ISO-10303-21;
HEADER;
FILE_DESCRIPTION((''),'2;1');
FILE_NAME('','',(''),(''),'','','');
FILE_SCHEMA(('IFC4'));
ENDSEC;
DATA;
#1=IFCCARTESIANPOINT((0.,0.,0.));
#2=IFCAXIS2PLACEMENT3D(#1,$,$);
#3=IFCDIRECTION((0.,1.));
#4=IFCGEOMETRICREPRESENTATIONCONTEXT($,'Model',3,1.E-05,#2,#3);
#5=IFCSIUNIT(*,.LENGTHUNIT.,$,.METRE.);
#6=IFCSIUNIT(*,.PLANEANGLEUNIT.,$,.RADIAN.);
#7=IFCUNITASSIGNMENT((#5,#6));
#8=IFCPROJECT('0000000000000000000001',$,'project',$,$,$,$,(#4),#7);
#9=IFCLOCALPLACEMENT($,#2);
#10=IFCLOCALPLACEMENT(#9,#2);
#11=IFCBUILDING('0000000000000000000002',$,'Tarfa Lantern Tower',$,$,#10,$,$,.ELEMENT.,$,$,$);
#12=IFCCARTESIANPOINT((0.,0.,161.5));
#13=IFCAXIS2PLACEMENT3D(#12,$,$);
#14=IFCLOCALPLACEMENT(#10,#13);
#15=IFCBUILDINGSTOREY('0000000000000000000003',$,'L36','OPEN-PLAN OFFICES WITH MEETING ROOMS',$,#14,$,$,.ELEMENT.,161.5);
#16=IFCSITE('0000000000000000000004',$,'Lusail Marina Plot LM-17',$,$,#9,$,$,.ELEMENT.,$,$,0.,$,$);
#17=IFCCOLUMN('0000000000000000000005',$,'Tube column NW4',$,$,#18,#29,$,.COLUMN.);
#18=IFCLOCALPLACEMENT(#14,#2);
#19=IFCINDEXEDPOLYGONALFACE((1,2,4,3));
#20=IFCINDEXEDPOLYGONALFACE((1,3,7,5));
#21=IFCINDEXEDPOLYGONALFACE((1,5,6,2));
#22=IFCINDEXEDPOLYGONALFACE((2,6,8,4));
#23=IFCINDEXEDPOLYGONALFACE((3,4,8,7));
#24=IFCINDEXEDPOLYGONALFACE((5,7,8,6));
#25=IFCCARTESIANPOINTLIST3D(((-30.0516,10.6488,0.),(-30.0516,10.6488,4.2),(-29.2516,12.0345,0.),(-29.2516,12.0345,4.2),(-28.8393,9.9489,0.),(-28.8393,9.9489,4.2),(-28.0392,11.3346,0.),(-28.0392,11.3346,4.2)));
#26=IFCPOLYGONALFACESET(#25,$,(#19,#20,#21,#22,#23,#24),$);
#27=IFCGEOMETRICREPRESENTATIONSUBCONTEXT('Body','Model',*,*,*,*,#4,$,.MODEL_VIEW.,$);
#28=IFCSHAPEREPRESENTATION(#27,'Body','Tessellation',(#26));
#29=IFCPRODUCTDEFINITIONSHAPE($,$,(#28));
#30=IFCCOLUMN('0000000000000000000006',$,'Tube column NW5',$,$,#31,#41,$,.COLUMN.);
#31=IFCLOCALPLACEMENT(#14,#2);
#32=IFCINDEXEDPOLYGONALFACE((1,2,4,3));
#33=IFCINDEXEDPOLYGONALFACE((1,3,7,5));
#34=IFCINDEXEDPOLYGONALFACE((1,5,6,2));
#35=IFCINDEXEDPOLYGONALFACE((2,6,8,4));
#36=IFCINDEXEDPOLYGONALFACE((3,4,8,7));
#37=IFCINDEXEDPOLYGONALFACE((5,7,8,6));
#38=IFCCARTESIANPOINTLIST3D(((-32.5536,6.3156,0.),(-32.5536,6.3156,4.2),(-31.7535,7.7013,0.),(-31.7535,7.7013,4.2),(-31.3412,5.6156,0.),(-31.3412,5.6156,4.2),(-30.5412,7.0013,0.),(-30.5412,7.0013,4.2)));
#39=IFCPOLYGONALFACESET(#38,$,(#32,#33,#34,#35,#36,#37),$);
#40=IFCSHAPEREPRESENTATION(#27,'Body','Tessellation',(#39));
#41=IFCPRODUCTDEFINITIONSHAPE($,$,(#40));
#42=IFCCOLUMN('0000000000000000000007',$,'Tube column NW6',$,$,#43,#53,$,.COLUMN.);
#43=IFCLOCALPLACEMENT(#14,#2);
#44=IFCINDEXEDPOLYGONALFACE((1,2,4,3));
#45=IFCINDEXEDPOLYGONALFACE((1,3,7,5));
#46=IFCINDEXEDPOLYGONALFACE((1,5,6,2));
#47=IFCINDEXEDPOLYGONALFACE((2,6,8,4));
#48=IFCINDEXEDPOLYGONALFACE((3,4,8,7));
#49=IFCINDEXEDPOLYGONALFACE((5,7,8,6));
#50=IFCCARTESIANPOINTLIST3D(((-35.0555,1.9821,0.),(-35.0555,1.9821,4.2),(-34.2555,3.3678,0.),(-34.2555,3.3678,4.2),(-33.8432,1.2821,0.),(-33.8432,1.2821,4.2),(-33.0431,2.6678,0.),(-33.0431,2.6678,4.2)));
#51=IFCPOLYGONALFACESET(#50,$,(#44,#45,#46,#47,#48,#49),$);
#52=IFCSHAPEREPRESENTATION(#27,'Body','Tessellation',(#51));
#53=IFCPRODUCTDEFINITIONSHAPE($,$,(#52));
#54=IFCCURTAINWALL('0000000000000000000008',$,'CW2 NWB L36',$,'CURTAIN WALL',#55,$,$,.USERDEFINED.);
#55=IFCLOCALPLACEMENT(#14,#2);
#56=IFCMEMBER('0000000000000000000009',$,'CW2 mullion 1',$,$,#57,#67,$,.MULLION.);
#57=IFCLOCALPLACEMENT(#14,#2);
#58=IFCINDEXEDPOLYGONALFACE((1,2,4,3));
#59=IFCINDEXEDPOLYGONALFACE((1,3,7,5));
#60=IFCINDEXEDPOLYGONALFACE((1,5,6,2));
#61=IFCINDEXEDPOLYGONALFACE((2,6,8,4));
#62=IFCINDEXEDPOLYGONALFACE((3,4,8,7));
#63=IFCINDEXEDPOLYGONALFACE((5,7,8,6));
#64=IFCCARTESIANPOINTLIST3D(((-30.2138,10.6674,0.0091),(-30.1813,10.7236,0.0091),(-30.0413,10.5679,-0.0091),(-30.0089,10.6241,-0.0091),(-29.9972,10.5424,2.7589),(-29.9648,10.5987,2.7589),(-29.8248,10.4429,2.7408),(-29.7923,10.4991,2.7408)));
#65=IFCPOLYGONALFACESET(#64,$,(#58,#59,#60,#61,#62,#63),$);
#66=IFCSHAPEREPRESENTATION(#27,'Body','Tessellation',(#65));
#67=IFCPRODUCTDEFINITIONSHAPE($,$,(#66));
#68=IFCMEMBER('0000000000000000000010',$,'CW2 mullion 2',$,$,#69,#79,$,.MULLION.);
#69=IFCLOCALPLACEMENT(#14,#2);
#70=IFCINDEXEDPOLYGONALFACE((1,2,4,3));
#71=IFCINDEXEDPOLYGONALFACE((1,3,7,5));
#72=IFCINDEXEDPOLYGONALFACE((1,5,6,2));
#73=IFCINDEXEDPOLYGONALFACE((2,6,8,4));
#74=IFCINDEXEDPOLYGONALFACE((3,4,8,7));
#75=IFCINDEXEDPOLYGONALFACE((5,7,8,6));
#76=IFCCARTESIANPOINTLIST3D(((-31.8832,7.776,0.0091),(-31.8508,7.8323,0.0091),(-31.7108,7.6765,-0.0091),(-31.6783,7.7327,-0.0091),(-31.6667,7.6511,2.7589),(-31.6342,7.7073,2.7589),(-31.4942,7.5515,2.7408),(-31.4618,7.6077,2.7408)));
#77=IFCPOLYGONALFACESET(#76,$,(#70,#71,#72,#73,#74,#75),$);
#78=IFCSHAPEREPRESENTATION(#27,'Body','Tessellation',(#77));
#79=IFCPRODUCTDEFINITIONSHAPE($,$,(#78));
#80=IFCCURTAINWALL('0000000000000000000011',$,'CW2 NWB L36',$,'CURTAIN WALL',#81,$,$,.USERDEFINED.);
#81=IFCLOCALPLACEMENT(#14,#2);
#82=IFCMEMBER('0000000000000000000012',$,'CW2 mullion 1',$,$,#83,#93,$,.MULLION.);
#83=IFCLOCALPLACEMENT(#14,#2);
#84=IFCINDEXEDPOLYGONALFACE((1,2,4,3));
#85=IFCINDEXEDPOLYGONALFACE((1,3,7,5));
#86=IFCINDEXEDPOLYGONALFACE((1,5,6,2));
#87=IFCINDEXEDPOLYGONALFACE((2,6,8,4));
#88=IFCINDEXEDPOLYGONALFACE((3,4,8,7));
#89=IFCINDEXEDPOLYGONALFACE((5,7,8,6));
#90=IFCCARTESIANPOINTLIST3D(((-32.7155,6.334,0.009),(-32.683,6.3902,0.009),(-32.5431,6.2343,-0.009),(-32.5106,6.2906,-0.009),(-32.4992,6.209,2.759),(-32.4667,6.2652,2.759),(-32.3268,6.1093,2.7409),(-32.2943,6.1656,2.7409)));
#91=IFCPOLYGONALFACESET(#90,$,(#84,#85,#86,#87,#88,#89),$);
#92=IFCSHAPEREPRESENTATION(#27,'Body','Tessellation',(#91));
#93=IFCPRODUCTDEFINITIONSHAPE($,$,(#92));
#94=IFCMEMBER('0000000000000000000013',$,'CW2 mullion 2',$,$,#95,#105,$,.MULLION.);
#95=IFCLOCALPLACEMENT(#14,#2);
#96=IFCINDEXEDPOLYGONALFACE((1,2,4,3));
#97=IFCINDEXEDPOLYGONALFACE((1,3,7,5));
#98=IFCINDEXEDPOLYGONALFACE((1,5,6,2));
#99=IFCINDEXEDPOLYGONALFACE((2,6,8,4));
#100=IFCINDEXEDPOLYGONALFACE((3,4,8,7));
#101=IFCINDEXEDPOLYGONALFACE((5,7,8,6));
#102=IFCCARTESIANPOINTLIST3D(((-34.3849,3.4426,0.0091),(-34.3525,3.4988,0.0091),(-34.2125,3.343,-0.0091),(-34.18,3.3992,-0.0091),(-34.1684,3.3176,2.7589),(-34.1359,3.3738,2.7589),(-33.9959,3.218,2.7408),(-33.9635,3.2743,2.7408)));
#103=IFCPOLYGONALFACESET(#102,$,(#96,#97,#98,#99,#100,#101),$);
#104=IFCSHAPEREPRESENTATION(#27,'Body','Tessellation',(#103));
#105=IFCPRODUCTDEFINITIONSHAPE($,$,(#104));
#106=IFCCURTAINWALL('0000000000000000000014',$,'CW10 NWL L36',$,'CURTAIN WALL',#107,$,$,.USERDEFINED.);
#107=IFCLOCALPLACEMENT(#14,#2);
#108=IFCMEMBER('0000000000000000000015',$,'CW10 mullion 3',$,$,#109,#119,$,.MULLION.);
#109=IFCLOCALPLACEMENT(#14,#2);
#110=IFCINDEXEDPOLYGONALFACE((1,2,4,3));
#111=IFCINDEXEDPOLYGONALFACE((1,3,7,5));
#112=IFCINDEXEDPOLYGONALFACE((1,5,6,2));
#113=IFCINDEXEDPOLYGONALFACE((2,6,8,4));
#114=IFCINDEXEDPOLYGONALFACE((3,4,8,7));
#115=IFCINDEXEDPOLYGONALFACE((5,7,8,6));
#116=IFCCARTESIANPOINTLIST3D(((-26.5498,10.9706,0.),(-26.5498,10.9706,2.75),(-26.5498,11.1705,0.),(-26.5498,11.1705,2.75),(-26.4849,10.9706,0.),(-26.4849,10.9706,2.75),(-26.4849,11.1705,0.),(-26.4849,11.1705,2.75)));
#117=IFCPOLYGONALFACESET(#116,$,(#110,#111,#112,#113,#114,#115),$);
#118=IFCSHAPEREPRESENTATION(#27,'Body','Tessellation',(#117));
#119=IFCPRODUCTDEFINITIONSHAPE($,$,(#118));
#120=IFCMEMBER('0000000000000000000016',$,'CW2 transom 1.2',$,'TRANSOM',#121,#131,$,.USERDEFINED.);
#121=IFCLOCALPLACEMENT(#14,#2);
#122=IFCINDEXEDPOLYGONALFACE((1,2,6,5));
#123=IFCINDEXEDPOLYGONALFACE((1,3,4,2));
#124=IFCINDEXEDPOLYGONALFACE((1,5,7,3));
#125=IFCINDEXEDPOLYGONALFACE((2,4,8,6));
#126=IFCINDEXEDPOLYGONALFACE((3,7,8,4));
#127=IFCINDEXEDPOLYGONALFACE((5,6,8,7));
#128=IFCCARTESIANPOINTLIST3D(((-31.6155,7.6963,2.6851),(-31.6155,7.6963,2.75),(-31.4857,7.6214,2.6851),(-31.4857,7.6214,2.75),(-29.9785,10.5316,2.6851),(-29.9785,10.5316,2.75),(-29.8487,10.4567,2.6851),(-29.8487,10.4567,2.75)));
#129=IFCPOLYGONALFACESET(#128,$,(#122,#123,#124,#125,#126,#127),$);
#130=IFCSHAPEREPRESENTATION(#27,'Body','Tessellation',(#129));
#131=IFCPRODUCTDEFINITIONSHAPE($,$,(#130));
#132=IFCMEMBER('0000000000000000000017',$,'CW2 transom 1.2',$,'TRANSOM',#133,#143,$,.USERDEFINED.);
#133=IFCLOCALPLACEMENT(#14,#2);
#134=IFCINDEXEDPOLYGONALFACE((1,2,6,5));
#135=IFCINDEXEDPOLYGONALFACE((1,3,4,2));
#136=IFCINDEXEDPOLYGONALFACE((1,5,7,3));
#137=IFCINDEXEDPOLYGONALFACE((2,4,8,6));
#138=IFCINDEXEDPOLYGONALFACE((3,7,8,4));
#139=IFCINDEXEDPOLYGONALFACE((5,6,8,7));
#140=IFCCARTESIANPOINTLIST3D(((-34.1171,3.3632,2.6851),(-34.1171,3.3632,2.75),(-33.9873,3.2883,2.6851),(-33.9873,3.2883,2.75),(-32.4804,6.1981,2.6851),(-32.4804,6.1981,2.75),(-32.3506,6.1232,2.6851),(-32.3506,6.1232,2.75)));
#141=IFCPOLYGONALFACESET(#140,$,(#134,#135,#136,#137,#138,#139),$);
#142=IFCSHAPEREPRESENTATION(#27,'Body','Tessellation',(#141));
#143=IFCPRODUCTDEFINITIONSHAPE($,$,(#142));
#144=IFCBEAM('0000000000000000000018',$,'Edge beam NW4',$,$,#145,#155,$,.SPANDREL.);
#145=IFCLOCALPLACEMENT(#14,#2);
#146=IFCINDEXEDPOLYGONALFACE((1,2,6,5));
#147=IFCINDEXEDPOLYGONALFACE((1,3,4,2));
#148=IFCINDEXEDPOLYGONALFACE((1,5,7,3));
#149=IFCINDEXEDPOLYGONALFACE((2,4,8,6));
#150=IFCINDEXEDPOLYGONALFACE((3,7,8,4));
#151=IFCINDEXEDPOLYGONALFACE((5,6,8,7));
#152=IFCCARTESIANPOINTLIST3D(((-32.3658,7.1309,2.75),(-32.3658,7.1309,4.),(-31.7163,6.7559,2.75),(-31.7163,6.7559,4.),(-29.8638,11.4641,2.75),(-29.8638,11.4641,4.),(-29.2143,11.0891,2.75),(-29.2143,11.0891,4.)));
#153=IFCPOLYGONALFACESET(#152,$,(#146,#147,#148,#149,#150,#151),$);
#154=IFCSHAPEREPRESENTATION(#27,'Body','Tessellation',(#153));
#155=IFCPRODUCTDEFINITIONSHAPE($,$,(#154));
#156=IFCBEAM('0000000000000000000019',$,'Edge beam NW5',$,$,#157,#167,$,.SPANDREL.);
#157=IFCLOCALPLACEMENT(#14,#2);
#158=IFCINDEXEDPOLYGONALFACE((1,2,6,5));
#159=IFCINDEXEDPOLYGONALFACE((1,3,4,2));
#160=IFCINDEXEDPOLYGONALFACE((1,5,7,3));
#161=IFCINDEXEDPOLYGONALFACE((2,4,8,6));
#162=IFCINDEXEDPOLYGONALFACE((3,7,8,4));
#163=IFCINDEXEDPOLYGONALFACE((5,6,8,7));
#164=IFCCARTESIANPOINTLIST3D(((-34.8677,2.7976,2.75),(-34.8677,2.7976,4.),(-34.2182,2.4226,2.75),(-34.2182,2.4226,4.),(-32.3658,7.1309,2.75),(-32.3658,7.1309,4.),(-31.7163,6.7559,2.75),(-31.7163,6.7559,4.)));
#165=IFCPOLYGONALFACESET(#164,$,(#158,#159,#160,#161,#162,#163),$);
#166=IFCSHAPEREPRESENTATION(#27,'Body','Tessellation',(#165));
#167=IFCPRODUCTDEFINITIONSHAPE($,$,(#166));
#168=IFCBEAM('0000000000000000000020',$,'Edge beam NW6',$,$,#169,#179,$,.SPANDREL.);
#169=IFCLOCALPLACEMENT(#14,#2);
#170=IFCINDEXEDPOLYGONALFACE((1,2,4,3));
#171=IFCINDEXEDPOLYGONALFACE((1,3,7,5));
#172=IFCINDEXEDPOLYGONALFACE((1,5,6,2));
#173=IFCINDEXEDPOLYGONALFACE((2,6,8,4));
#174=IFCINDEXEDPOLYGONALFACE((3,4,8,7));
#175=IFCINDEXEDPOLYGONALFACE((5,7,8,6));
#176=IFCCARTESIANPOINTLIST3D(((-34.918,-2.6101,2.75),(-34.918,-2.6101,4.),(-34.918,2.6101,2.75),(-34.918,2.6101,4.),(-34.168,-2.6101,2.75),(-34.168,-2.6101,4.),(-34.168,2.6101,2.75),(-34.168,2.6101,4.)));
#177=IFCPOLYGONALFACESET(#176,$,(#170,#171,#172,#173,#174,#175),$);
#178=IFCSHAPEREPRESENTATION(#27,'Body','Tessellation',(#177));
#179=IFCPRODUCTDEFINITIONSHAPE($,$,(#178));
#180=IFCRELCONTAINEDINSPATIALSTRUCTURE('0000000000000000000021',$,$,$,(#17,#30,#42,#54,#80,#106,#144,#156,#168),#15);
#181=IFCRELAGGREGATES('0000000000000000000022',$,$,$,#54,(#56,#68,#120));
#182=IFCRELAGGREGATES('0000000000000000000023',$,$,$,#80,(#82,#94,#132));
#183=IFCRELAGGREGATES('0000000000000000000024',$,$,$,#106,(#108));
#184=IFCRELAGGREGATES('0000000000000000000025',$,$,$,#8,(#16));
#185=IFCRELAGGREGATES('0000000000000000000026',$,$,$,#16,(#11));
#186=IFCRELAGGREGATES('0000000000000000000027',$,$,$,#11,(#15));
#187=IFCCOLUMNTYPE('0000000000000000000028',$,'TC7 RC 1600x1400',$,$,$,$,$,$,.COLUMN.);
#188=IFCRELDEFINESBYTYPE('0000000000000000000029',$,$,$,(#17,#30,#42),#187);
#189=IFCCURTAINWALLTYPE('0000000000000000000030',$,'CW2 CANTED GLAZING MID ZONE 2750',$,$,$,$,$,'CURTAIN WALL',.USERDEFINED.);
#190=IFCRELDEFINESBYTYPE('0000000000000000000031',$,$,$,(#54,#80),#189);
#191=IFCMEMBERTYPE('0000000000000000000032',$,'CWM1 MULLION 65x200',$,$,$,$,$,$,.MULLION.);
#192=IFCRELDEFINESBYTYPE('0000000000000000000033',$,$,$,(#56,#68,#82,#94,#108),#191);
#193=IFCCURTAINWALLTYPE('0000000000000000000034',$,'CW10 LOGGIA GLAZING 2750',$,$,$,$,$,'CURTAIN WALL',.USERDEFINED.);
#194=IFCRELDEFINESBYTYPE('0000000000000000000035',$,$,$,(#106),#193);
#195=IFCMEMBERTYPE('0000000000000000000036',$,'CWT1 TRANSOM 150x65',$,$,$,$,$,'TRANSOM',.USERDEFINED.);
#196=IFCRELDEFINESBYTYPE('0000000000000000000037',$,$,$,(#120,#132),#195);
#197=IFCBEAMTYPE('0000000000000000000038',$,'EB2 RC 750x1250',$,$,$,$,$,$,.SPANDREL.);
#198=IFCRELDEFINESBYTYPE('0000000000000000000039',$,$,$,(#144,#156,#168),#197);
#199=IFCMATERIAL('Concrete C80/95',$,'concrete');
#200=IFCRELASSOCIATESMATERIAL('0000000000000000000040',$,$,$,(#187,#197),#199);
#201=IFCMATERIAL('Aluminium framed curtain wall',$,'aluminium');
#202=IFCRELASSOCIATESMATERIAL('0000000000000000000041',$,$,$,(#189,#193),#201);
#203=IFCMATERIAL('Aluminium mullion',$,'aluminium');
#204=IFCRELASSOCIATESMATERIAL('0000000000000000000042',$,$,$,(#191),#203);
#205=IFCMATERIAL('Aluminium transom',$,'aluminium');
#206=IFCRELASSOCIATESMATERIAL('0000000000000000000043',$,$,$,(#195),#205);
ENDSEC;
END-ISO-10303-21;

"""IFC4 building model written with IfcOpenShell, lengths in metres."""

from ifc_helpers import new_model, si_unit, direction, frame, origin, origin_2d, place, context, subcontext, project, spatial, rectangle, extrude, material, material_profile, profile_set, type_object, element, aggregate, save


model = new_model("IFC4")

# Units and contexts
model_context = context("Model", 3, precision=1e-05, world=origin(), true_north=direction((0.0, 1.0)))
body_context = subcontext(model_context, "Body", "Model", "MODEL_VIEW")
ifc_project = project(units=[si_unit("LENGTHUNIT", "METRE"), si_unit("PLANEANGLEUNIT", "RADIAN")], contexts=[model_context])

# Site, building, storey
site_placement = place(None, origin())
site = spatial("IfcSite", under=ifc_project, at=site_placement, Name="Lusail Marina Plot LM-17", CompositionType="ELEMENT", RefElevation=0.0)
building_placement = place(site_placement, origin())
building = spatial("IfcBuilding", under=site, at=building_placement, Name="Tarfa Lantern Tower", CompositionType="ELEMENT")
storey_placement = place(building_placement, frame((0.0, 0.0, 161.5)))
storey = spatial("IfcBuildingStorey", under=building, at=storey_placement, Name="L36", Description="OPEN-PLAN OFFICES WITH MEETING ROOMS", CompositionType="ELEMENT", Elevation=161.5)

# Columns
ifc_material_1 = material(Name="Concrete C80/95", Category="concrete")
ifc_material_profile_1 = material_profile(ifc_material_1, rectangle(XDim=1.6001, YDim=1.3999, at=origin_2d()), Name="RC 1600x1400")
ifc_profile_set_1 = profile_set([ifc_material_profile_1], Name="Concrete C80/95")
column_type = type_object("IfcColumnType", Name="TC7 RC 1600x1400", PredefinedType="COLUMN", material=ifc_profile_set_1)
for number, where, z_axis, x_axis, name in (
    (1, (-29.0454, 10.9917, 0.0), (0.0, 0.0, 1.0), (-0.5, -0.866025, 0.0), "Tube column NW4"),
    (2, (-31.5474, 6.6584, 0.0), (0.0, 0.0, 1.0), (-0.5, -0.866025, 0.0), "Tube column NW5"),
    (3, (-34.0493, 2.325, 0.0), (0.0, 0.0, 1.0), (-0.5, -0.866025, 0.0), "Tube column NW6"),
):
    element("IfcColumn", number, at=place(storey_placement, frame(where, z_axis=z_axis, x_axis=x_axis)), inside=storey, type_object=column_type, Name=name, PredefinedType="COLUMN", context=body_context, shape_type="SweptSolid", body=[
        extrude(rectangle(XDim=1.6001, YDim=1.3999, at=origin_2d()), origin(), (0.0, 0.0, 1.0), 4.2),
    ])

# Curtain walls, members
ifc_material_2 = material(Name="Aluminium framed curtain wall", Category="aluminium")
curtain_wall_type_1 = type_object("IfcCurtainWallType", Name="CW2 CANTED GLAZING MID ZONE 2750", ElementType="CURTAIN WALL", PredefinedType="USERDEFINED", material=ifc_material_2)
curtain_wall_1_placement = place(storey_placement, origin())
curtain_wall_1 = element("IfcCurtainWall", 4, at=curtain_wall_1_placement, inside=storey, type_object=curtain_wall_type_1, Name="CW2 NWB L36", ObjectType="CURTAIN WALL", PredefinedType="USERDEFINED")
ifc_material_3 = material(Name="Aluminium mullion", Category="aluminium")
ifc_material_profile_2 = material_profile(ifc_material_3, rectangle(XDim=0.0649, YDim=0.2, at=origin_2d()), Name="AL MULLION 65x200")
ifc_profile_set_2 = profile_set([ifc_material_profile_2], Name="Aluminium mullion")
member_type_1 = type_object("IfcMemberType", Name="CWM1 MULLION 65x200", PredefinedType="MULLION", material=ifc_profile_set_2)
member_1_placement = place(storey_placement, frame((-30.1113, 10.6458, 0.0), z_axis=(0.078423, -0.045268, 0.995892), x_axis=(0.49992, 0.866072, 0.0)))
member_1 = element("IfcMember", 5, at=member_1_placement, type_object=member_type_1, Name="CW2 mullion 1", PredefinedType="MULLION", context=body_context, shape_type="SweptSolid", body=[
    extrude(rectangle(XDim=0.0649, YDim=0.2, at=origin_2d()), origin(), (0.0, 0.0, 1.0), 2.7612),
])
member_2_placement = place(storey_placement, frame((-31.7808, 7.7544, 0.0), z_axis=(0.078423, -0.045268, 0.995892), x_axis=(0.49992, 0.866072, 0.0)))
member_2 = element("IfcMember", 6, at=member_2_placement, type_object=member_type_1, Name="CW2 mullion 2", PredefinedType="MULLION", context=body_context, shape_type="SweptSolid", body=[
    extrude(rectangle(XDim=0.0649, YDim=0.2, at=origin_2d()), origin(), (0.0, 0.0, 1.0), 2.7612),
])
curtain_wall_2_placement = place(storey_placement, origin())
curtain_wall_2 = element("IfcCurtainWall", 7, at=curtain_wall_2_placement, inside=storey, type_object=curtain_wall_type_1, Name="CW2 NWB L36", ObjectType="CURTAIN WALL", PredefinedType="USERDEFINED")
member_3_placement = place(storey_placement, frame((-32.613, 6.3123, 0.0), z_axis=(0.078335, -0.045268, 0.995899), x_axis=(0.500343, 0.865827, 0.0)))
member_3 = element("IfcMember", 8, at=member_3_placement, type_object=member_type_1, Name="CW2 mullion 1", PredefinedType="MULLION", context=body_context, shape_type="SweptSolid", body=[
    extrude(rectangle(XDim=0.0649, YDim=0.2, at=origin_2d()), origin(), (0.0, 0.0, 1.0), 2.7612),
])
member_4_placement = place(storey_placement, frame((-34.2825, 3.4209, 0.0), z_axis=(0.078423, -0.045268, 0.995892), x_axis=(0.49992, 0.866072, 0.0)))
member_4 = element("IfcMember", 9, at=member_4_placement, type_object=member_type_1, Name="CW2 mullion 2", PredefinedType="MULLION", context=body_context, shape_type="SweptSolid", body=[
    extrude(rectangle(XDim=0.0649, YDim=0.2, at=origin_2d()), origin(), (0.0, 0.0, 1.0), 2.7612),
])

# Curtain wall, member
curtain_wall_type_2 = type_object("IfcCurtainWallType", Name="CW10 LOGGIA GLAZING 2750", ElementType="CURTAIN WALL", PredefinedType="USERDEFINED", material=ifc_material_2)
curtain_wall_3_placement = place(storey_placement, origin())
curtain_wall_3 = element("IfcCurtainWall", 10, at=curtain_wall_3_placement, inside=storey, type_object=curtain_wall_type_2, Name="CW10 NWL L36", ObjectType="CURTAIN WALL", PredefinedType="USERDEFINED")
member_5_placement = place(storey_placement, frame((-26.5173, 11.0706, 0.0), z_axis=(0.0, 0.0, 1.0), x_axis=(1.0, 0.0, 0.0)))
member_5 = element("IfcMember", 11, at=member_5_placement, type_object=member_type_1, Name="CW10 mullion 3", PredefinedType="MULLION", context=body_context, shape_type="SweptSolid", body=[
    extrude(rectangle(XDim=0.0649, YDim=0.2, at=origin_2d()), origin(), (0.0, 0.0, 1.0), 2.75),
])

# Members
ifc_material_4 = material(Name="Aluminium transom", Category="aluminium")
ifc_material_profile_3 = material_profile(ifc_material_4, rectangle(XDim=0.1499, YDim=0.0649, at=origin_2d()), Name="AL TRANSOM 150x65")
ifc_profile_set_3 = profile_set([ifc_material_profile_3], Name="Aluminium transom")
member_type_2 = type_object("IfcMemberType", Name="CWT1 TRANSOM 150x65", ElementType="TRANSOM", PredefinedType="USERDEFINED", material=ifc_profile_set_3)
member_6_placement = place(storey_placement, frame((-29.9136, 10.4941, 2.7175), z_axis=(-0.500013, -0.866018, 0.0), x_axis=(0.866018, -0.500013, 0.0)))
member_6 = element("IfcMember", 12, at=member_6_placement, type_object=member_type_2, Name="CW2 transom 1.2", ObjectType="TRANSOM", PredefinedType="USERDEFINED", context=body_context, shape_type="SweptSolid", body=[
    extrude(rectangle(XDim=0.1499, YDim=0.0649, at=origin_2d()), origin(), (0.0, 0.0, 1.0), 3.2739),
])
member_7_placement = place(storey_placement, frame((-32.4155, 6.1606, 2.7175), z_axis=(-0.499989, -0.866032, 0.0), x_axis=(0.866032, -0.499989, 0.0)))
member_7 = element("IfcMember", 13, at=member_7_placement, type_object=member_type_2, Name="CW2 transom 1.2", ObjectType="TRANSOM", PredefinedType="USERDEFINED", context=body_context, shape_type="SweptSolid", body=[
    extrude(rectangle(XDim=0.1499, YDim=0.0649, at=origin_2d()), origin(), (0.0, 0.0, 1.0), 3.2734),
])

# Beams
ifc_material_profile_4 = material_profile(ifc_material_1, rectangle(XDim=0.75, YDim=1.25, at=origin_2d()), Name="RC 750x1250")
ifc_profile_set_4 = profile_set([ifc_material_profile_4], Name="Concrete C80/95")
beam_type_1 = type_object("IfcBeamType", Name="EB2 RC 750x1250", PredefinedType="SPANDREL", material=ifc_profile_set_4)
for number, where, z_axis, x_axis, name in (
    (14, (-29.5391, 11.2766, 3.375), (-0.500022, -0.866013, 0.0), (0.866013, -0.500022, 0.0), "Edge beam NW4"),
    (15, (-32.041, 6.9434, 3.375), (-0.500022, -0.866013, 0.0), (0.866013, -0.500022, 0.0), "Edge beam NW5"),
):
    element("IfcBeam", number, at=place(storey_placement, frame(where, z_axis=z_axis, x_axis=x_axis)), inside=storey, type_object=beam_type_1, Name=name, PredefinedType="SPANDREL", context=body_context, shape_type="SweptSolid", body=[
        extrude(rectangle(XDim=0.75, YDim=1.25, at=origin_2d()), origin(), (0.0, 0.0, 1.0), 5.0037),
    ])
beam_1_placement = place(storey_placement, frame((-34.543, 2.6101, 3.375), z_axis=(0.0, -1.0, 0.0), x_axis=(1.0, 0.0, 0.0)))
element("IfcBeam", 16, at=beam_1_placement, inside=storey, type_object=beam_type_1, Name="Edge beam NW6", PredefinedType="SPANDREL", context=body_context, shape_type="SweptSolid", body=[
    extrude(rectangle(XDim=0.75, YDim=1.25, at=origin_2d()), origin(), (0.0, 0.0, 1.0), 5.2202),
])

aggregate(curtain_wall_1, [member_1, member_2, member_6])
aggregate(curtain_wall_2, [member_3, member_4, member_7])
aggregate(curtain_wall_3, [member_5])

save(model, "model.ifc")
